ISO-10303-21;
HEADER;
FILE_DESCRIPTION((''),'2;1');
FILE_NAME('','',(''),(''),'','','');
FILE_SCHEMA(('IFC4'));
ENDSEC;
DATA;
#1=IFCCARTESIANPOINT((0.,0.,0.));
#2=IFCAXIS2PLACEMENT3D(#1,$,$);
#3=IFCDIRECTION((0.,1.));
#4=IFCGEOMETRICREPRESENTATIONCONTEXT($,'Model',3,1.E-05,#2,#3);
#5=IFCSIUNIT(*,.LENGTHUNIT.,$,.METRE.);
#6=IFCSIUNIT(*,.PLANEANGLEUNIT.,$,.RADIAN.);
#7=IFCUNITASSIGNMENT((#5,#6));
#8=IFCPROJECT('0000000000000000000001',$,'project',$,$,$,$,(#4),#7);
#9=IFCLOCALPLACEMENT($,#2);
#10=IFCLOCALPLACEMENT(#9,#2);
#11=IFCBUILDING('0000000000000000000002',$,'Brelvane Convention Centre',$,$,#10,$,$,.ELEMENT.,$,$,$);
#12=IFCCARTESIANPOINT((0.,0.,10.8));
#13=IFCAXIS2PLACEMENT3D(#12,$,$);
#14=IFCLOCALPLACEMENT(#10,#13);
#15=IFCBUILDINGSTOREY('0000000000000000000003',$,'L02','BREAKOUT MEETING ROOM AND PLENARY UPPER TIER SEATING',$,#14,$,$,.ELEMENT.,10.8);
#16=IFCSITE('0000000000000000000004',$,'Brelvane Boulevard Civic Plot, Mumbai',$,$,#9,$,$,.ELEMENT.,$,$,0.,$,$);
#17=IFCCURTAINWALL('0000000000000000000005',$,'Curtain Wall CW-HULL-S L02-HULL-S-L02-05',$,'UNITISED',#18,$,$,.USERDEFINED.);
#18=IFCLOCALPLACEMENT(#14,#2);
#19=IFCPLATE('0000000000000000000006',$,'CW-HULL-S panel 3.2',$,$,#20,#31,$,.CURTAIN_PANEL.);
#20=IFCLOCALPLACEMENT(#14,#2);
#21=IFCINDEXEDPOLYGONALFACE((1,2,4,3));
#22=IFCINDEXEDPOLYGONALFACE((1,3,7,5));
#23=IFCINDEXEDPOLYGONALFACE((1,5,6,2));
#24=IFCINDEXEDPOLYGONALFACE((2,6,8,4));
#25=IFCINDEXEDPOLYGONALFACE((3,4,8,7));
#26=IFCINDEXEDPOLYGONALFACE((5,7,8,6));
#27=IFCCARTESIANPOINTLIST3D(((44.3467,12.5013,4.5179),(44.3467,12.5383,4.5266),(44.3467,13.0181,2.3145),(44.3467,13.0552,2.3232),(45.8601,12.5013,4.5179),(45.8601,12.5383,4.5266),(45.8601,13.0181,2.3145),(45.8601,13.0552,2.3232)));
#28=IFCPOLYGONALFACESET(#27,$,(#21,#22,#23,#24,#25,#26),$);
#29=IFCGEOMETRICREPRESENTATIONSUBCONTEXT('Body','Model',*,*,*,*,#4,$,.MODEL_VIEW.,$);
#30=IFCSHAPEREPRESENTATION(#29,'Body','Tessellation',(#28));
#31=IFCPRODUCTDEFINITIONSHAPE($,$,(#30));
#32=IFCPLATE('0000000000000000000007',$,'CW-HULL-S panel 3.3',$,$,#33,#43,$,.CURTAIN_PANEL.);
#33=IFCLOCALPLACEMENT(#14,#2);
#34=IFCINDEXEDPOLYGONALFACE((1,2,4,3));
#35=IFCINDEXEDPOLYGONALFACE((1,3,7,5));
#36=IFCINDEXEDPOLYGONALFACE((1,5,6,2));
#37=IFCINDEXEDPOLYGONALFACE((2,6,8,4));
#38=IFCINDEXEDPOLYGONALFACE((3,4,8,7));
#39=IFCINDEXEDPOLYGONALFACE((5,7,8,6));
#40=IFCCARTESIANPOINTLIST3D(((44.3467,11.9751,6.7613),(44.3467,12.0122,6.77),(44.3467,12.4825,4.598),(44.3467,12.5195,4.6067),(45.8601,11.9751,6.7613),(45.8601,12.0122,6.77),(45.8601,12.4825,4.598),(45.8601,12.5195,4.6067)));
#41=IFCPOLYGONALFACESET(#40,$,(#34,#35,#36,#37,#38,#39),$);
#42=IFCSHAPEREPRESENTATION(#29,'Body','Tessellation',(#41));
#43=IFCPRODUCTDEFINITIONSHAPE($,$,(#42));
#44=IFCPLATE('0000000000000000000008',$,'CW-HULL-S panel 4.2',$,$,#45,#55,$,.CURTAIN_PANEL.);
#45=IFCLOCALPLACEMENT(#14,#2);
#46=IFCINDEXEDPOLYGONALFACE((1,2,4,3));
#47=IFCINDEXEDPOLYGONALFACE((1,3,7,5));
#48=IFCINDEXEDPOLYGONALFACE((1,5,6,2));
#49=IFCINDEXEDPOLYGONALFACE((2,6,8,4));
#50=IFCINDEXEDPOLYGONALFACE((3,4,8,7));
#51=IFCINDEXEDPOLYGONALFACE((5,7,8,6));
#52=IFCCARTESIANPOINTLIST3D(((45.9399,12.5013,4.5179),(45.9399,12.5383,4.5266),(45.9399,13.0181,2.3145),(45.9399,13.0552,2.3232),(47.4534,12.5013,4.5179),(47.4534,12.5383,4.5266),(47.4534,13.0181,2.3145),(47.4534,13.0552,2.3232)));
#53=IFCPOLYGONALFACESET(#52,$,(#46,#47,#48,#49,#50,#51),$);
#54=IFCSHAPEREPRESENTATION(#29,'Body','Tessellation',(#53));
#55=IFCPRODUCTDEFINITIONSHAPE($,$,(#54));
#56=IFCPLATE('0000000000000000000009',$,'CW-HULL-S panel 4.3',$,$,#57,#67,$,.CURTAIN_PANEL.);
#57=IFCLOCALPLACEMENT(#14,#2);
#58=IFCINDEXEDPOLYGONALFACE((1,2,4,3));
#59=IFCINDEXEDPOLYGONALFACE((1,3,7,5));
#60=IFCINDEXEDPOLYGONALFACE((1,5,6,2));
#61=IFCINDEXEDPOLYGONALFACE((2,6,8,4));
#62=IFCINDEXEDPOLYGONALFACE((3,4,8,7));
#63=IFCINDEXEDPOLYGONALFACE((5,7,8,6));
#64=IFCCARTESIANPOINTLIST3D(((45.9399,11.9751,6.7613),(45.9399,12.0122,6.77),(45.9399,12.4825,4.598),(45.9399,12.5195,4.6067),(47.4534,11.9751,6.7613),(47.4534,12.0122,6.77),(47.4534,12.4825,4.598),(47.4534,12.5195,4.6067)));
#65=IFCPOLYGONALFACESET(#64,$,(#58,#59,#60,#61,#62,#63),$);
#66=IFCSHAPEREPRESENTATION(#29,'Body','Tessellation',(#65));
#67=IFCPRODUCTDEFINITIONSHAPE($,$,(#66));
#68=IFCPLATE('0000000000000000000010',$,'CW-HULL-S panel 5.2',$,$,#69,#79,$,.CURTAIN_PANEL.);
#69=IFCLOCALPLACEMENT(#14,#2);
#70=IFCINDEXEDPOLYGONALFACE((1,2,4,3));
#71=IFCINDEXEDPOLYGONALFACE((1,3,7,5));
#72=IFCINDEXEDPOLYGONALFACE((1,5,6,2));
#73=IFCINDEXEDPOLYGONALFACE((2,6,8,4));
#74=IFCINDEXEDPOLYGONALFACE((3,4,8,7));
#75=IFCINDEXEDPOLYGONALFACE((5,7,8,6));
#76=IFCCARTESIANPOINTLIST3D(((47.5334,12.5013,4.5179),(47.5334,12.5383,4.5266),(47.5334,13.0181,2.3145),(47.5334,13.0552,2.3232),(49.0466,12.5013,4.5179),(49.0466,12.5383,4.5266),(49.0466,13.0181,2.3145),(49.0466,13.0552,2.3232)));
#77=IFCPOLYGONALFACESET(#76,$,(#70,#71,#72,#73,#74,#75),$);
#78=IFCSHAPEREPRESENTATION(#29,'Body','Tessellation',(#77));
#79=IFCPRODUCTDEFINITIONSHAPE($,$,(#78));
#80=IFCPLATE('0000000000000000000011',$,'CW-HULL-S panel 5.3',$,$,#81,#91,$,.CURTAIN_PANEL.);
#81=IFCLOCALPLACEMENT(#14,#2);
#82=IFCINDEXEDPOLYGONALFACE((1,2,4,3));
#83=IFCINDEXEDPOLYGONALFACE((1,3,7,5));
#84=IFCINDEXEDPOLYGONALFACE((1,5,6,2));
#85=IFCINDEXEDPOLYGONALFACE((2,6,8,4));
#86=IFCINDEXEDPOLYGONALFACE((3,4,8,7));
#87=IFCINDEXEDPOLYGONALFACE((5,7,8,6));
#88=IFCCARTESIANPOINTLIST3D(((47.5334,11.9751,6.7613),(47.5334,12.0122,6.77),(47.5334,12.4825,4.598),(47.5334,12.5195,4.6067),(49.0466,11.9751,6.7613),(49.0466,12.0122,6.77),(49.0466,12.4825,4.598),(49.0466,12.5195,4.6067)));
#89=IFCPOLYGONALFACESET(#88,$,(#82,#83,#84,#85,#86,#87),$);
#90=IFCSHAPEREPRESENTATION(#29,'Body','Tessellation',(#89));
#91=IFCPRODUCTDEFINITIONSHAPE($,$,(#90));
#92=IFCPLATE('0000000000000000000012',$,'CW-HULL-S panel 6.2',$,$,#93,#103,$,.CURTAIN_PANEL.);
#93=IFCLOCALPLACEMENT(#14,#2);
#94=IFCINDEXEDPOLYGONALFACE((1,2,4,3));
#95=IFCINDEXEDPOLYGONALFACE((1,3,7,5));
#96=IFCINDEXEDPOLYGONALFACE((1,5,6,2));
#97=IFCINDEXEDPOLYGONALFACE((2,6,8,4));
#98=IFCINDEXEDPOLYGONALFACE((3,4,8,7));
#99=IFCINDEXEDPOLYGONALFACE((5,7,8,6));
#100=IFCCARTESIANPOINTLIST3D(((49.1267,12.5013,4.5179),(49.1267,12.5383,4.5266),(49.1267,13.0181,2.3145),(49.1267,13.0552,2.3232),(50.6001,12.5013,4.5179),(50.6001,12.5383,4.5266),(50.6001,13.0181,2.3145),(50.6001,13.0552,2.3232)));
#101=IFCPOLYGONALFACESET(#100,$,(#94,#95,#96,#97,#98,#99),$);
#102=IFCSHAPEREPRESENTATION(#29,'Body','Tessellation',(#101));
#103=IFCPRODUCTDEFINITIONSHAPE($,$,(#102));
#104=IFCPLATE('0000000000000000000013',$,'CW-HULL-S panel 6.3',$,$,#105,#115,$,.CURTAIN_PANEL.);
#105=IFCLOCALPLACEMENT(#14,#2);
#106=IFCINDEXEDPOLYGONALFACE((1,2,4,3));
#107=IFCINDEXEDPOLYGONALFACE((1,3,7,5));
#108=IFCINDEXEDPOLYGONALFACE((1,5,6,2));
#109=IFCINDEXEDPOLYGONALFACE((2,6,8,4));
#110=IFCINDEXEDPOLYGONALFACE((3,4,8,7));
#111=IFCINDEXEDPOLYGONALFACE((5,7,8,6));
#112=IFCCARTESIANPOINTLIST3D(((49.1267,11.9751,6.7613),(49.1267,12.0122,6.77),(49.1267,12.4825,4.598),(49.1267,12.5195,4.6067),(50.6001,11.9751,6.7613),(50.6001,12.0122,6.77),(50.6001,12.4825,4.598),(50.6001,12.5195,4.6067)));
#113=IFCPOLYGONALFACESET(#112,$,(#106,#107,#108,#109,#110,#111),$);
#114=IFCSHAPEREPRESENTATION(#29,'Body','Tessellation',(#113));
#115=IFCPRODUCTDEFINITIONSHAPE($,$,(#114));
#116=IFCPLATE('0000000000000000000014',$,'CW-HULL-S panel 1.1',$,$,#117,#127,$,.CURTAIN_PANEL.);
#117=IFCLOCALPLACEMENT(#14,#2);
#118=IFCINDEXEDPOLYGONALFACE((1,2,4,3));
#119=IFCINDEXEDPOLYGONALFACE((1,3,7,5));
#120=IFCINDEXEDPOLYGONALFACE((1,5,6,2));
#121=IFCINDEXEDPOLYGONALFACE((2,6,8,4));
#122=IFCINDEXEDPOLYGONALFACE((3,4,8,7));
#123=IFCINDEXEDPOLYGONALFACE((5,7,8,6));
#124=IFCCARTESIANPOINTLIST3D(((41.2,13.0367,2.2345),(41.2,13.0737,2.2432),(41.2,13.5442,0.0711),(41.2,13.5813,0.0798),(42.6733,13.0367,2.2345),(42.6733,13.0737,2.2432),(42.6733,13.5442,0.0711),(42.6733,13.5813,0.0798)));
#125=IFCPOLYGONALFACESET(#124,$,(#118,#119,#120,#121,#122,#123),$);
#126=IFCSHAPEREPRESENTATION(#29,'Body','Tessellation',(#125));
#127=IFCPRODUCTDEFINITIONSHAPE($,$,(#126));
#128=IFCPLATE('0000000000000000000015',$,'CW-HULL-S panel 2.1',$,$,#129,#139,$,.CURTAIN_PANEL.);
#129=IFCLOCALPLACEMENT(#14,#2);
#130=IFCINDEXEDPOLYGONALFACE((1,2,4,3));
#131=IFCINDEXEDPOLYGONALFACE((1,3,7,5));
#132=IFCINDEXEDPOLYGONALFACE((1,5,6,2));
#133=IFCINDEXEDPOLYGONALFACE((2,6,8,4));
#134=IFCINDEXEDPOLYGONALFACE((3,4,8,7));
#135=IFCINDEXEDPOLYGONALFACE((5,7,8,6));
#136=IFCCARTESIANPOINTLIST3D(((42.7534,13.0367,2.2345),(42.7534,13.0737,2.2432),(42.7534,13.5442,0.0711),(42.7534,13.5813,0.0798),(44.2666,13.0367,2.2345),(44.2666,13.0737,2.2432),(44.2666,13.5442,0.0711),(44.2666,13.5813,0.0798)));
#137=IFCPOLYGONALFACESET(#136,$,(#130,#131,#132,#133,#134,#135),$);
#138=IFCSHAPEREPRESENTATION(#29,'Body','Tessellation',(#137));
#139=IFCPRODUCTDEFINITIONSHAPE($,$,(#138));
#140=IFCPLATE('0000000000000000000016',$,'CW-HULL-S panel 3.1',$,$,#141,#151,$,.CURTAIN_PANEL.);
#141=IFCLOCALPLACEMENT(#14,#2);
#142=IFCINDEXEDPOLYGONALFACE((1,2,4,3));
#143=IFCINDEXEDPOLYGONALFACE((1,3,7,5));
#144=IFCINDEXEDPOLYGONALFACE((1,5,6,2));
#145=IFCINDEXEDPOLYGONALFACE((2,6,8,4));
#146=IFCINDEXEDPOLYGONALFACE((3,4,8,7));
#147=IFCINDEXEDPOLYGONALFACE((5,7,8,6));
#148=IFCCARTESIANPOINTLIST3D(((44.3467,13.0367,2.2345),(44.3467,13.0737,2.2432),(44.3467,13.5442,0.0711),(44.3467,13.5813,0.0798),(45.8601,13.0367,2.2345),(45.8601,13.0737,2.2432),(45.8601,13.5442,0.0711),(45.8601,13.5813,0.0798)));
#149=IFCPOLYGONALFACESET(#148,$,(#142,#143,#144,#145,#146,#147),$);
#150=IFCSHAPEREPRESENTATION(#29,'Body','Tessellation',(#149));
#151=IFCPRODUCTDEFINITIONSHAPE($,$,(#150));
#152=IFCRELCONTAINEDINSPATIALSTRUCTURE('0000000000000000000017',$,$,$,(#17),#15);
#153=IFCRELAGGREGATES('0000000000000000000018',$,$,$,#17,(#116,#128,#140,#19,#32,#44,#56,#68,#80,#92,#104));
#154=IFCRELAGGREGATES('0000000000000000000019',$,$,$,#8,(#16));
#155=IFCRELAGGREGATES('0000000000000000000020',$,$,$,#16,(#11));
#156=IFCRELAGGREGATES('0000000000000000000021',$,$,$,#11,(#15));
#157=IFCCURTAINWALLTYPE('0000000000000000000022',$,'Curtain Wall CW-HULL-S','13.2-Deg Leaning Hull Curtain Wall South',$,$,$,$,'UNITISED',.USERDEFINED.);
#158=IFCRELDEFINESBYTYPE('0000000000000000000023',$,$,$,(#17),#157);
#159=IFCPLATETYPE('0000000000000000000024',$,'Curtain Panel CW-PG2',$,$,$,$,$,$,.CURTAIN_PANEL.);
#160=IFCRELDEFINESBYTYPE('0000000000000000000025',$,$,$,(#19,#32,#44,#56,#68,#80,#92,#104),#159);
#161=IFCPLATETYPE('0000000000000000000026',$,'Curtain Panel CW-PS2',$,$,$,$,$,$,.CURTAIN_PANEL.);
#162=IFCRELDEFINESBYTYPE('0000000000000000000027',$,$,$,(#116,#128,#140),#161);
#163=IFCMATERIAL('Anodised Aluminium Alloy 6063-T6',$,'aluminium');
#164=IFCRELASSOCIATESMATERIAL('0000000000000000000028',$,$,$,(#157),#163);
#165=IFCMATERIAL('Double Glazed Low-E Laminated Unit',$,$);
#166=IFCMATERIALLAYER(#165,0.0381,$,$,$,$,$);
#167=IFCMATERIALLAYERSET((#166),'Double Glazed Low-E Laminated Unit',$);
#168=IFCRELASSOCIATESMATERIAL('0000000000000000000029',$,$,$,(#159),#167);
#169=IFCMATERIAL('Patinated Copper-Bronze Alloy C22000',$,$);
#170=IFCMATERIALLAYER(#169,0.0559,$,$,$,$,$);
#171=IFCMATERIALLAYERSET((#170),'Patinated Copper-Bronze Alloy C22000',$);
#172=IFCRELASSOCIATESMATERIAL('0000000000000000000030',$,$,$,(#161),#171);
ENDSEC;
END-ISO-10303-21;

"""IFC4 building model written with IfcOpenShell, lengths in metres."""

from ifc_helpers import new_model, si_unit, direction, frame, origin, place, context, subcontext, project, spatial, polyline, outline, extrude, material, layer, layer_set, type_object, element, aggregate, save


model = new_model("IFC4")

# Units and contexts
model_context = context("Model", 3, precision=1e-05, world=origin(), true_north=direction((0.0, 1.0)))
body_context = subcontext(model_context, "Body", "Model", "MODEL_VIEW")
ifc_project = project(units=[si_unit("LENGTHUNIT", "METRE"), si_unit("PLANEANGLEUNIT", "RADIAN")], contexts=[model_context])

# Site, building, storey
site_placement = place(None, origin())
site = spatial("IfcSite", under=ifc_project, at=site_placement, Name="Brelvane Boulevard Civic Plot, Mumbai", CompositionType="ELEMENT", RefElevation=0.0)
building_placement = place(site_placement, origin())
building = spatial("IfcBuilding", under=site, at=building_placement, Name="Brelvane Convention Centre", CompositionType="ELEMENT")
storey_placement = place(building_placement, frame((0.0, 0.0, 10.8)))
storey = spatial("IfcBuildingStorey", under=building, at=storey_placement, Name="L02", Description="BREAKOUT MEETING ROOM AND PLENARY UPPER TIER SEATING", CompositionType="ELEMENT", Elevation=10.8)

# Curtain wall, plates
ifc_material_1 = material(Name="Anodised Aluminium Alloy 6063-T6", Category="aluminium")
curtain_wall_type = type_object("IfcCurtainWallType", Name="Curtain Wall CW-HULL-S", Description="13.2-Deg Leaning Hull Curtain Wall South", ElementType="UNITISED", PredefinedType="USERDEFINED", material=ifc_material_1)
curtain_wall_placement = place(storey_placement, origin())
curtain_wall = element("IfcCurtainWall", 1, at=curtain_wall_placement, inside=storey, type_object=curtain_wall_type, Name="Curtain Wall CW-HULL-S L02-HULL-S-L02-05", ObjectType="UNITISED", PredefinedType="USERDEFINED")
ifc_material_2 = material(Name="Double Glazed Low-E Laminated Unit")
ifc_layer_1 = layer(ifc_material_2, 0.0381)
ifc_layer_set_1 = layer_set([ifc_layer_1], Name="Double Glazed Low-E Laminated Unit")
plate_type_1 = type_object("IfcPlateType", Name="Curtain Panel CW-PG2", PredefinedType="CURTAIN_PANEL", material=ifc_layer_set_1)
plate_1_placement = place(storey_placement, frame((44.3467, 13.0552, 2.3232), z_axis=(0.0, 0.973574, 0.228372), x_axis=(1.0, 0.0, 0.0)))
plate_1 = element("IfcPlate", 2, at=plate_1_placement, type_object=plate_type_1, Name="CW-HULL-S panel 3.2", PredefinedType="CURTAIN_PANEL", context=body_context, shape_type="SweptSolid", body=[
    extrude(outline(polyline([(0.0, 0.0), (1.5134, 0.0), (1.5134, -2.2632), (0.0, -2.2632), (0.0, 0.0)])), origin(), (0.0, 0.0, -1.0), 0.0381),
])
plate_2_placement = place(storey_placement, frame((44.3467, 12.5195, 4.6067), z_axis=(0.0, 0.973587, 0.228317), x_axis=(1.0, 0.0, 0.0)))
plate_2 = element("IfcPlate", 3, at=plate_2_placement, type_object=plate_type_1, Name="CW-HULL-S panel 3.3", PredefinedType="CURTAIN_PANEL", context=body_context, shape_type="SweptSolid", body=[
    extrude(outline(polyline([(0.0, 0.0), (1.5134, 0.0), (1.5134, -2.222), (0.0, -2.222), (0.0, 0.0)])), origin(), (0.0, 0.0, -1.0), 0.0381),
])
plate_3_placement = place(storey_placement, frame((45.9399, 13.0552, 2.3232), z_axis=(0.0, 0.973574, 0.228372), x_axis=(1.0, 0.0, 0.0)))
plate_3 = element("IfcPlate", 4, at=plate_3_placement, type_object=plate_type_1, Name="CW-HULL-S panel 4.2", PredefinedType="CURTAIN_PANEL", context=body_context, shape_type="SweptSolid", body=[
    extrude(outline(polyline([(0.0, 0.0), (1.5134, 0.0), (1.5134, -2.2632), (0.0, -2.2632), (0.0, 0.0)])), origin(), (0.0, 0.0, -1.0), 0.0381),
])
plate_4_placement = place(storey_placement, frame((45.9399, 12.5195, 4.6067), z_axis=(0.0, 0.973587, 0.228317), x_axis=(1.0, 0.0, 0.0)))
plate_4 = element("IfcPlate", 5, at=plate_4_placement, type_object=plate_type_1, Name="CW-HULL-S panel 4.3", PredefinedType="CURTAIN_PANEL", context=body_context, shape_type="SweptSolid", body=[
    extrude(outline(polyline([(0.0, 0.0), (1.5134, 0.0), (1.5134, -2.222), (0.0, -2.222), (0.0, 0.0)])), origin(), (0.0, 0.0, -1.0), 0.0381),
])
plate_5_placement = place(storey_placement, frame((47.5334, 13.0552, 2.3232), z_axis=(0.0, 0.973574, 0.228372), x_axis=(1.0, 0.0, 0.0)))
plate_5 = element("IfcPlate", 6, at=plate_5_placement, type_object=plate_type_1, Name="CW-HULL-S panel 5.2", PredefinedType="CURTAIN_PANEL", context=body_context, shape_type="SweptSolid", body=[
    extrude(outline(polyline([(0.0, 0.0), (1.5132, 0.0), (1.5132, -2.2632), (0.0, -2.2632), (0.0, 0.0)])), origin(), (0.0, 0.0, -1.0), 0.0381),
])
plate_6_placement = place(storey_placement, frame((47.5334, 12.5195, 4.6067), z_axis=(0.0, 0.973587, 0.228317), x_axis=(1.0, 0.0, 0.0)))
plate_6 = element("IfcPlate", 7, at=plate_6_placement, type_object=plate_type_1, Name="CW-HULL-S panel 5.3", PredefinedType="CURTAIN_PANEL", context=body_context, shape_type="SweptSolid", body=[
    extrude(outline(polyline([(0.0, 0.0), (1.5132, 0.0), (1.5132, -2.222), (0.0, -2.222), (0.0, 0.0)])), origin(), (0.0, 0.0, -1.0), 0.0381),
])
plate_7_placement = place(storey_placement, frame((49.1267, 13.0552, 2.3232), z_axis=(0.0, 0.973574, 0.228372), x_axis=(1.0, 0.0, 0.0)))
plate_7 = element("IfcPlate", 8, at=plate_7_placement, type_object=plate_type_1, Name="CW-HULL-S panel 6.2", PredefinedType="CURTAIN_PANEL", context=body_context, shape_type="SweptSolid", body=[
    extrude(outline(polyline([(0.0, 0.0), (1.4734, 0.0), (1.4734, -2.2632), (0.0, -2.2632), (0.0, 0.0)])), origin(), (0.0, 0.0, -1.0), 0.0381),
])
plate_8_placement = place(storey_placement, frame((49.1267, 12.5195, 4.6067), z_axis=(0.0, 0.973587, 0.228317), x_axis=(1.0, 0.0, 0.0)))
plate_8 = element("IfcPlate", 9, at=plate_8_placement, type_object=plate_type_1, Name="CW-HULL-S panel 6.3", PredefinedType="CURTAIN_PANEL", context=body_context, shape_type="SweptSolid", body=[
    extrude(outline(polyline([(0.0, 0.0), (1.4734, 0.0), (1.4734, -2.222), (0.0, -2.222), (0.0, 0.0)])), origin(), (0.0, 0.0, -1.0), 0.0381),
])
ifc_material_3 = material(Name="Patinated Copper-Bronze Alloy C22000")
ifc_layer_2 = layer(ifc_material_3, 0.0559)
ifc_layer_set_2 = layer_set([ifc_layer_2], Name="Patinated Copper-Bronze Alloy C22000")
plate_type_2 = type_object("IfcPlateType", Name="Curtain Panel CW-PS2", PredefinedType="CURTAIN_PANEL", material=ifc_layer_set_2)
plate_9_placement = place(storey_placement, frame((41.2, 13.5813, 0.0798), z_axis=(0.0, 0.973563, 0.228421), x_axis=(1.0, 0.0, 0.0)))
plate_9 = element("IfcPlate", 10, at=plate_9_placement, type_object=plate_type_2, Name="CW-HULL-S panel 1.1", PredefinedType="CURTAIN_PANEL", context=body_context, shape_type="SweptSolid", body=[
    extrude(outline(polyline([(0.0, 0.0), (1.4734, 0.0), (1.4734, -2.2221), (0.0, -2.2221), (0.0, 0.0)])), origin(), (0.0, 0.0, -1.0), 0.0381),
])
plate_10_placement = place(storey_placement, frame((42.7534, 13.5813, 0.0798), z_axis=(0.0, 0.973563, 0.228421), x_axis=(1.0, 0.0, 0.0)))
plate_10 = element("IfcPlate", 11, at=plate_10_placement, type_object=plate_type_2, Name="CW-HULL-S panel 2.1", PredefinedType="CURTAIN_PANEL", context=body_context, shape_type="SweptSolid", body=[
    extrude(outline(polyline([(0.0, 0.0), (1.5132, 0.0), (1.5132, -2.2221), (0.0, -2.2221), (0.0, 0.0)])), origin(), (0.0, 0.0, -1.0), 0.0381),
])
plate_11_placement = place(storey_placement, frame((44.3467, 13.5813, 0.0798), z_axis=(0.0, 0.973563, 0.228421), x_axis=(1.0, 0.0, 0.0)))
plate_11 = element("IfcPlate", 12, at=plate_11_placement, type_object=plate_type_2, Name="CW-HULL-S panel 3.1", PredefinedType="CURTAIN_PANEL", context=body_context, shape_type="SweptSolid", body=[
    extrude(outline(polyline([(0.0, 0.0), (1.5134, 0.0), (1.5134, -2.2221), (0.0, -2.2221), (0.0, 0.0)])), origin(), (0.0, 0.0, -1.0), 0.0381),
])
aggregate(curtain_wall, [plate_9, plate_10, plate_11, plate_1, plate_2, plate_3, plate_4, plate_5, plate_6, plate_7, plate_8])

save(model, "model.ifc")
